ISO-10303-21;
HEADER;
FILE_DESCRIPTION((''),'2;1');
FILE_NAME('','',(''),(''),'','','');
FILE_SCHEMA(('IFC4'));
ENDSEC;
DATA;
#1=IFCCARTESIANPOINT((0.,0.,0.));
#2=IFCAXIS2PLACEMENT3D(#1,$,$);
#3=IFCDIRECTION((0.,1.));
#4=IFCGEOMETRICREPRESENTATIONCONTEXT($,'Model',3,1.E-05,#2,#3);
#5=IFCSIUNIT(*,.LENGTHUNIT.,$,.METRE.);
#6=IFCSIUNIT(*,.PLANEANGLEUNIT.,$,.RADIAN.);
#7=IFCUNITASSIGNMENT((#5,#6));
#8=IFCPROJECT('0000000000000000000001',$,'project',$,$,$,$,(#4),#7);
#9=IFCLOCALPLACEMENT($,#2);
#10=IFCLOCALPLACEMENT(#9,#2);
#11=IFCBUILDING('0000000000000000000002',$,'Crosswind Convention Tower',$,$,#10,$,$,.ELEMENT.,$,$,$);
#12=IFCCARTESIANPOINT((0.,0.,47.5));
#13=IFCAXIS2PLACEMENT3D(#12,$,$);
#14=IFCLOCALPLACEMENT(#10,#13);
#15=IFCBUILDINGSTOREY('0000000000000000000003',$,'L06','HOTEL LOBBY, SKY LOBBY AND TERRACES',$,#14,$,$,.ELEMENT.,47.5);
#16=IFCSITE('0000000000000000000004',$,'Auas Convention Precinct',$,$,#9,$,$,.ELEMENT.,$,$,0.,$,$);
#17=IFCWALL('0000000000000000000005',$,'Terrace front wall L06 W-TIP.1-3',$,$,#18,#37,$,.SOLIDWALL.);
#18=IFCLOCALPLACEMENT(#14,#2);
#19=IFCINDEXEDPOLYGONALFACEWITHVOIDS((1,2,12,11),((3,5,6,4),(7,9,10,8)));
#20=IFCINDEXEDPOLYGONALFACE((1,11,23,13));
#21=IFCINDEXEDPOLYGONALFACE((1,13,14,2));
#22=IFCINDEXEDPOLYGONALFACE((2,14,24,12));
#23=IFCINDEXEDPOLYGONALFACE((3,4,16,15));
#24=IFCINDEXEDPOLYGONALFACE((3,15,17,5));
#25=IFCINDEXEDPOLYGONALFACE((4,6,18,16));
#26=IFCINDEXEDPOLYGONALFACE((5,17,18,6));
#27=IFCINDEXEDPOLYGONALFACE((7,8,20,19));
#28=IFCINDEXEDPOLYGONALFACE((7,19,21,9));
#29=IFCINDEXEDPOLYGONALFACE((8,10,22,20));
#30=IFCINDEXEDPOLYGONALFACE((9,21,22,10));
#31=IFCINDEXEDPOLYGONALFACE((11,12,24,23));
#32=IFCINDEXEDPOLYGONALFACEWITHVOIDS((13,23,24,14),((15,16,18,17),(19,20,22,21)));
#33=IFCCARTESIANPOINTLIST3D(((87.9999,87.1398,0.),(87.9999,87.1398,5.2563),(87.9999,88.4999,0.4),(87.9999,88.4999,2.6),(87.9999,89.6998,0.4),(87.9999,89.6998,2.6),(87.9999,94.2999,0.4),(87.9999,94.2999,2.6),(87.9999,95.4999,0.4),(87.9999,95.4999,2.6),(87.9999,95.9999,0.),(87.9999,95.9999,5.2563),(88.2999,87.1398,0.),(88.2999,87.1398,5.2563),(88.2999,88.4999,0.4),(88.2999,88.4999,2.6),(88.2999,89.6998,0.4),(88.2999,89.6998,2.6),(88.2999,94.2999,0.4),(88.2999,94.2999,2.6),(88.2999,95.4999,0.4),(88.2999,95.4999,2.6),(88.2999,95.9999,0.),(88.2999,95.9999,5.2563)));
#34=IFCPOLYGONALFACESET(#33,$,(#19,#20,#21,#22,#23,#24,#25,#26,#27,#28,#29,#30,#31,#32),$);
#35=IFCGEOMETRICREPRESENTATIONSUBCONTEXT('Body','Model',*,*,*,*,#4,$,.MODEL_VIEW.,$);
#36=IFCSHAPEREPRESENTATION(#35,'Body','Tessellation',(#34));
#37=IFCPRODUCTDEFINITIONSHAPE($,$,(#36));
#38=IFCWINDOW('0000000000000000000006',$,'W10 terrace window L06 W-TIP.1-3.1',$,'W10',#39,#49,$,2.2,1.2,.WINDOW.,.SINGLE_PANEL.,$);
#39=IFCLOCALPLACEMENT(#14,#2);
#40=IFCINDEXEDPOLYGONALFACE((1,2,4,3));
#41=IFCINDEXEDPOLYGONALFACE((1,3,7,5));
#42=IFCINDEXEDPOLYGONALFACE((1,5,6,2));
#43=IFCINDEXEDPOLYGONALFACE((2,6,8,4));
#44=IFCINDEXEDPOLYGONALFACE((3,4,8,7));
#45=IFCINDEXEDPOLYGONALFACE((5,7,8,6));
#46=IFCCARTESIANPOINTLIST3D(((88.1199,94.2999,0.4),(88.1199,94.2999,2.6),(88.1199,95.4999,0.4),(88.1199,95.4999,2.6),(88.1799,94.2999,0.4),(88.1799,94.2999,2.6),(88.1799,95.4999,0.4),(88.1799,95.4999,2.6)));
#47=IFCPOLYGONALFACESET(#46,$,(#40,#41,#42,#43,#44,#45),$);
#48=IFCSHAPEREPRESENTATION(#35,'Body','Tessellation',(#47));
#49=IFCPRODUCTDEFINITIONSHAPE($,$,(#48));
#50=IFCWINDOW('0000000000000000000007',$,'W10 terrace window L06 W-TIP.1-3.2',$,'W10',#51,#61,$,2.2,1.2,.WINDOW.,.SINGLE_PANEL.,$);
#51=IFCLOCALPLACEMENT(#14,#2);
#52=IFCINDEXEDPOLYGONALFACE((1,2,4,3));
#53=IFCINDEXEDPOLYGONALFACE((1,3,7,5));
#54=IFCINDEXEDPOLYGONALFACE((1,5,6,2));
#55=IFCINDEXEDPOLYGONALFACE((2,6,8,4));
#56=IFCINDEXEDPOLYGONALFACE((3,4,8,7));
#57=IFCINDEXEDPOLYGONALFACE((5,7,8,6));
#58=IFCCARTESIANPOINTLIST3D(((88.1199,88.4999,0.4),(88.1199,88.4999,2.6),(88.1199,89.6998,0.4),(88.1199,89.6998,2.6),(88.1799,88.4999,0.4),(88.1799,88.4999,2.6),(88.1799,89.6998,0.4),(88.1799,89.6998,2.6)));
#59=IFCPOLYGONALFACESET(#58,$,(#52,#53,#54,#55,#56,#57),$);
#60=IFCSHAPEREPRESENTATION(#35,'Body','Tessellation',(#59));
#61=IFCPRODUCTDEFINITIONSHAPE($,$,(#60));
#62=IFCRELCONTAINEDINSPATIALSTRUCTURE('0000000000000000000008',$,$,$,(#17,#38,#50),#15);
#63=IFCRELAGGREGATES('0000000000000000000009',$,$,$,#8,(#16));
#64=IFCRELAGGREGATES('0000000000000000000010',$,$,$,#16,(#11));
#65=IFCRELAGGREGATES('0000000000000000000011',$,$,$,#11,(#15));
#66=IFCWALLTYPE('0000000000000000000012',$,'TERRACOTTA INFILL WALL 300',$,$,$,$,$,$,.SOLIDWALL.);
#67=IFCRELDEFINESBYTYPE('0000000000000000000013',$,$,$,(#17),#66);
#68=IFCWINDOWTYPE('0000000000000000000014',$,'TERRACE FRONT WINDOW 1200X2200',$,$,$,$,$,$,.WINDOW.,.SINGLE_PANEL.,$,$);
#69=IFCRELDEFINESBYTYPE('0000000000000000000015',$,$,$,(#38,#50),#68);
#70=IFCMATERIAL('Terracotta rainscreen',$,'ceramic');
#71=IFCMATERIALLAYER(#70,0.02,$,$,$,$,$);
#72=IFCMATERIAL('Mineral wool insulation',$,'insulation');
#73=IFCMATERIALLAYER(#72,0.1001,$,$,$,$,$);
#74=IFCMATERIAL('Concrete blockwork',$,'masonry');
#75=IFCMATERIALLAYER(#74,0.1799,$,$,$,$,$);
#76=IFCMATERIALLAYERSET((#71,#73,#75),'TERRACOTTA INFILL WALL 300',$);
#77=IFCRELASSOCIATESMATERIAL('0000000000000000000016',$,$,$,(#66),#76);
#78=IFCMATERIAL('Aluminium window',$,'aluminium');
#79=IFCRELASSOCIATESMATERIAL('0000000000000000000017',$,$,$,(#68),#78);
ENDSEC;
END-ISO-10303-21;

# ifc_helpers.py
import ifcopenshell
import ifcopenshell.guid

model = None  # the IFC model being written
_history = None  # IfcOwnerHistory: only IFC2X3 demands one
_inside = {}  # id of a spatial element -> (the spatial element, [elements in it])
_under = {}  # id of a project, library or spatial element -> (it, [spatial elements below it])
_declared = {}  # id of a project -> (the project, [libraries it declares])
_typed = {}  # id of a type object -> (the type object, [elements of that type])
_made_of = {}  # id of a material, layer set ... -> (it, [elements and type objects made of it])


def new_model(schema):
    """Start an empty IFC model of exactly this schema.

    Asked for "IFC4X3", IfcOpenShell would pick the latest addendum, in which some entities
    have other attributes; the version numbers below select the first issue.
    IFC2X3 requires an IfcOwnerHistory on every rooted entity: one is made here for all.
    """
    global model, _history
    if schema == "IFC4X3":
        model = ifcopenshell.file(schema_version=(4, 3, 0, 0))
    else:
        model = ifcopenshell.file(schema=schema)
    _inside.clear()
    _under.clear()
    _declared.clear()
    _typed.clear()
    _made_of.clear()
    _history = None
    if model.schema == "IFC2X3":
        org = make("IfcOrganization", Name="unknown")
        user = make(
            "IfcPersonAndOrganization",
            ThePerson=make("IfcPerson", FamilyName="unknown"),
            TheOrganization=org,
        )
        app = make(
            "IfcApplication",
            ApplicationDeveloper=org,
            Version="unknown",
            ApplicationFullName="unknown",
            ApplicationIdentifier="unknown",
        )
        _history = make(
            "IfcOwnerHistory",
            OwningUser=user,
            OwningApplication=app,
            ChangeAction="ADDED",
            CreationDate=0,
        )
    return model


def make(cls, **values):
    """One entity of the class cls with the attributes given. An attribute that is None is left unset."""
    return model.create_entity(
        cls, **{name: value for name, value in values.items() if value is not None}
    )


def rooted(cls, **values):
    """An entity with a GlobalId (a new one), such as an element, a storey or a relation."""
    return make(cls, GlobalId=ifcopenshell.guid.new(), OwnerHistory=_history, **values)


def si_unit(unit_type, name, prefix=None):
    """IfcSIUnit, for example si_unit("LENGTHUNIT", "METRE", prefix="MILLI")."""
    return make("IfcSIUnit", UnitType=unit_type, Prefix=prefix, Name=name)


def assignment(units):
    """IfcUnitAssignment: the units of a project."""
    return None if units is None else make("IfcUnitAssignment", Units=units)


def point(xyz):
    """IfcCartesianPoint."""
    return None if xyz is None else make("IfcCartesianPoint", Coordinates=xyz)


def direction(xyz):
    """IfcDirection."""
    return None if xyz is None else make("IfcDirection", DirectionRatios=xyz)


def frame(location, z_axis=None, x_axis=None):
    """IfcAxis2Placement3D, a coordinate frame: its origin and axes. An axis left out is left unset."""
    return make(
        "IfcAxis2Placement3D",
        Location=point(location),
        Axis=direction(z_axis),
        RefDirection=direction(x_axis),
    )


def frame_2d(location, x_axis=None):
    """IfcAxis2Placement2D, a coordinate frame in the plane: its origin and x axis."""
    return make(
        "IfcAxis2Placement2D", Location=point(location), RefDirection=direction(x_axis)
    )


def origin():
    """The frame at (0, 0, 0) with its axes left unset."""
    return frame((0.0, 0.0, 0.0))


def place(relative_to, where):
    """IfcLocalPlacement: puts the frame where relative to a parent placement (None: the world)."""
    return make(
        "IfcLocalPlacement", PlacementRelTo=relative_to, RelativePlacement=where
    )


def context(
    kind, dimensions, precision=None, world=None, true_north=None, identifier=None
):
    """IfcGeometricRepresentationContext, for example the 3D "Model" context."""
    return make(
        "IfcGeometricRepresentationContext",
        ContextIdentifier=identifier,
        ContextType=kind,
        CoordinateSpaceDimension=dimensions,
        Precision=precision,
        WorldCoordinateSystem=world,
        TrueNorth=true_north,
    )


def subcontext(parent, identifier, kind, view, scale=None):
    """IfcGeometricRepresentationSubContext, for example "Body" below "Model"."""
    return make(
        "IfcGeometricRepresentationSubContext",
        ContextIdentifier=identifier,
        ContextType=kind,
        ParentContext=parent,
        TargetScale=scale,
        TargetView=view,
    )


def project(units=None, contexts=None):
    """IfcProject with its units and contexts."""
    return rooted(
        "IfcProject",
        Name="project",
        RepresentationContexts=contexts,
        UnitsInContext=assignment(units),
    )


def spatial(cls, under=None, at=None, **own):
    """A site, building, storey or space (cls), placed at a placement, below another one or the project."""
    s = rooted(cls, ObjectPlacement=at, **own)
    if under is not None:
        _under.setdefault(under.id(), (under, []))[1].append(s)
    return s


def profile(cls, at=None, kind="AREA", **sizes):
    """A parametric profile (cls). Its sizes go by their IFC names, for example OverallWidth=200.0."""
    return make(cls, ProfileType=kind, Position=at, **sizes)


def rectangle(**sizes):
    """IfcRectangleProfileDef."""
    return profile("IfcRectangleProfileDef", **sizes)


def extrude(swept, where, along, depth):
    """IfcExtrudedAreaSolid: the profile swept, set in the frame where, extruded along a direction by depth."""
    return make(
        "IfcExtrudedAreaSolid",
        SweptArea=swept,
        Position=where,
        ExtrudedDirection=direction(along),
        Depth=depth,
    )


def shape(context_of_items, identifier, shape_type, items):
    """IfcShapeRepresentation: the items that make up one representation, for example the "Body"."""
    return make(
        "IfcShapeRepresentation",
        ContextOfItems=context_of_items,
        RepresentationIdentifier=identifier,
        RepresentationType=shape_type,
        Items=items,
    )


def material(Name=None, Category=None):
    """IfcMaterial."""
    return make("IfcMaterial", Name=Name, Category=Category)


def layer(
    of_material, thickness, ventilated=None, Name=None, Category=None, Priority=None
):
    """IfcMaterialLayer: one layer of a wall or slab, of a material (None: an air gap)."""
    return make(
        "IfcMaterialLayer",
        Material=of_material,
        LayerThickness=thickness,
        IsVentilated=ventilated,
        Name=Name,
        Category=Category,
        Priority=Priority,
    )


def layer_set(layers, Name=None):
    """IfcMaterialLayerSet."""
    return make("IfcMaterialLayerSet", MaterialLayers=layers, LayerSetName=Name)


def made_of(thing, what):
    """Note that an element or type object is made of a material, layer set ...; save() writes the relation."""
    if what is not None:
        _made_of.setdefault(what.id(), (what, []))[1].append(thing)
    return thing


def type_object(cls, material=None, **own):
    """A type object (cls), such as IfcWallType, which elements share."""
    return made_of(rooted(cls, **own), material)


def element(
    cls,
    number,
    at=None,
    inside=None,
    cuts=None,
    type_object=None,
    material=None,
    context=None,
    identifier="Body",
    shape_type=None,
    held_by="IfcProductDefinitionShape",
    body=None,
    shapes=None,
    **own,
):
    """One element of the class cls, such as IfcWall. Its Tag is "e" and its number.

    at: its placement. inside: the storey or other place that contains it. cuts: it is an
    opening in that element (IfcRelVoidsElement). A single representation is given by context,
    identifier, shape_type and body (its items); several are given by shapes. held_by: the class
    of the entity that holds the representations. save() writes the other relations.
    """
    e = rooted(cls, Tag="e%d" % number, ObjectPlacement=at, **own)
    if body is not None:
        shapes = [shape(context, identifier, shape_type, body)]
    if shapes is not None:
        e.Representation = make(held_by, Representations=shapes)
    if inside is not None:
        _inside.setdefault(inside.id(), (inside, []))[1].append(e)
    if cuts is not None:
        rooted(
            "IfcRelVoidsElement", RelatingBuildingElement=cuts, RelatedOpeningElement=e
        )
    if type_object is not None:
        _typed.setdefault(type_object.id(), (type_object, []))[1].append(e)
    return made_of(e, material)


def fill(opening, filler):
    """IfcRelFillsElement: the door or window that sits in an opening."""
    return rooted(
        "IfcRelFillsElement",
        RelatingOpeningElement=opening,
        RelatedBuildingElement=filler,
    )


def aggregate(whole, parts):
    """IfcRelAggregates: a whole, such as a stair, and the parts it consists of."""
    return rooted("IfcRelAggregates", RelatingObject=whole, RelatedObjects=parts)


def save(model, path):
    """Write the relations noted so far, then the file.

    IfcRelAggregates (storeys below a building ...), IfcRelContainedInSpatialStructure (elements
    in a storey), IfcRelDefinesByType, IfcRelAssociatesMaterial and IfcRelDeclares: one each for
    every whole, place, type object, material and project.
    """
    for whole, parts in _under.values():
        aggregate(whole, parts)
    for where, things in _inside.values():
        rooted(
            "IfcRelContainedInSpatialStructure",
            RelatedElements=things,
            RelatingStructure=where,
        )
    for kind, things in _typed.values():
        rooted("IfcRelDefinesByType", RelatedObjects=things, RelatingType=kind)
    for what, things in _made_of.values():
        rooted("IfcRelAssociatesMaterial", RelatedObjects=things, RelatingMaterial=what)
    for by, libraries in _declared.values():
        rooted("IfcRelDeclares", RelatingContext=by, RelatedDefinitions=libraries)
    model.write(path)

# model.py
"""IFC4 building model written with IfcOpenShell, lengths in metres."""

from ifc_helpers import new_model, si_unit, direction, frame, frame_2d, origin, place, context, subcontext, project, spatial, rectangle, extrude, material, layer, layer_set, type_object, element, fill, save


model = new_model("IFC4")

# Units and contexts
model_context = context("Model", 3, precision=1e-05, world=origin(), true_north=direction((0.0, 1.0)))
body_context = subcontext(model_context, "Body", "Model", "MODEL_VIEW")
ifc_project = project(units=[si_unit("LENGTHUNIT", "METRE"), si_unit("PLANEANGLEUNIT", "RADIAN")], contexts=[model_context])

# Site, building, storey
site_placement = place(None, origin())
site = spatial("IfcSite", under=ifc_project, at=site_placement, Name="Auas Convention Precinct", CompositionType="ELEMENT", RefElevation=0.0)
building_placement = place(site_placement, origin())
building = spatial("IfcBuilding", under=site, at=building_placement, Name="Crosswind Convention Tower", CompositionType="ELEMENT")
storey_placement = place(building_placement, frame((0.0, 0.0, 47.5)))
storey = spatial("IfcBuildingStorey", under=building, at=storey_placement, Name="L06", Description="HOTEL LOBBY, SKY LOBBY AND TERRACES", CompositionType="ELEMENT", Elevation=47.5)

# Wall, openings, windows
ifc_material_1 = material(Name="Terracotta rainscreen", Category="ceramic")
ifc_layer_1 = layer(ifc_material_1, 0.02)
ifc_material_2 = material(Name="Mineral wool insulation", Category="insulation")
ifc_layer_2 = layer(ifc_material_2, 0.1001)
ifc_material_3 = material(Name="Concrete blockwork", Category="masonry")
ifc_layer_3 = layer(ifc_material_3, 0.1799)
ifc_layer_set_1 = layer_set([ifc_layer_1, ifc_layer_2, ifc_layer_3], Name="TERRACOTTA INFILL WALL 300")
wall_type_1 = type_object("IfcWallType", Name="TERRACOTTA INFILL WALL 300", PredefinedType="SOLIDWALL", material=ifc_layer_set_1)
wall_1_placement = place(storey_placement, frame((88.1499, 96.0, 0.0), z_axis=(0.0, 0.0, 1.0), x_axis=(0.0, -1.0, 0.0)))
wall_1 = element("IfcWall", 1, at=wall_1_placement, inside=storey, type_object=wall_type_1, Name="Terrace front wall L06 W-TIP.1-3", PredefinedType="SOLIDWALL", context=body_context, shape_type="SweptSolid", body=[
    extrude(rectangle(XDim=8.8601, YDim=0.3, at=frame_2d((4.4302, 0.0))), origin(), (0.0, 0.0, 1.0), 5.2563),
])
opening_1_placement = place(wall_1_placement, frame((0.5, 0.0, 0.3999)))
opening_1 = element("IfcOpeningElement", 2, at=opening_1_placement, cuts=wall_1, PredefinedType="OPENING", context=body_context, shape_type="SweptSolid", body=[
    extrude(rectangle(XDim=1.2, YDim=2.2, at=frame_2d((0.6001, 1.1001))), frame((0.0, 0.1599, 0.0), z_axis=(0.0, -1.0, 0.0), x_axis=(1.0, 0.0, 0.0)), (0.0, 0.0, 1.0), 0.3201),
])
opening_2_placement = place(wall_1_placement, frame((6.3, 0.0, 0.3999)))
opening_2 = element("IfcOpeningElement", 3, at=opening_2_placement, cuts=wall_1, PredefinedType="OPENING", context=body_context, shape_type="SweptSolid", body=[
    extrude(rectangle(XDim=1.2, YDim=2.2, at=frame_2d((0.6001, 1.1001))), frame((0.0, 0.1599, 0.0), z_axis=(0.0, -1.0, 0.0), x_axis=(1.0, 0.0, 0.0)), (0.0, 0.0, 1.0), 0.3201),
])
ifc_material_4 = material(Name="Aluminium window", Category="aluminium")
window_type = type_object("IfcWindowType", Name="TERRACE FRONT WINDOW 1200X2200", PartitioningType="SINGLE_PANEL", PredefinedType="WINDOW", material=ifc_material_4)
window_1_placement = place(opening_1_placement, origin())
window_1 = element("IfcWindow", 4, at=window_1_placement, inside=storey, type_object=window_type, Name="W10 terrace window L06 W-TIP.1-3.1", ObjectType="W10", OverallHeight=2.2, OverallWidth=1.2, PartitioningType="SINGLE_PANEL", PredefinedType="WINDOW", context=body_context, shape_type="SweptSolid", body=[
    extrude(rectangle(XDim=1.2, YDim=2.2, at=frame_2d((0.6001, 1.1001))), frame((0.0, 0.03, 0.0), z_axis=(0.0, -1.0, 0.0), x_axis=(1.0, 0.0, 0.0)), (0.0, 0.0, 1.0), 0.0601),
])
fill(opening_1, window_1)
window_2_placement = place(opening_2_placement, origin())
window_2 = element("IfcWindow", 5, at=window_2_placement, inside=storey, type_object=window_type, Name="W10 terrace window L06 W-TIP.1-3.2", ObjectType="W10", OverallHeight=2.2, OverallWidth=1.2, PartitioningType="SINGLE_PANEL", PredefinedType="WINDOW", context=body_context, shape_type="SweptSolid", body=[
    extrude(rectangle(XDim=1.2, YDim=2.2, at=frame_2d((0.6001, 1.1001))), frame((0.0, 0.03, 0.0), z_axis=(0.0, -1.0, 0.0), x_axis=(1.0, 0.0, 0.0)), (0.0, 0.0, 1.0), 0.0601),
])
fill(opening_2, window_2)

save(model, "model.ifc")
